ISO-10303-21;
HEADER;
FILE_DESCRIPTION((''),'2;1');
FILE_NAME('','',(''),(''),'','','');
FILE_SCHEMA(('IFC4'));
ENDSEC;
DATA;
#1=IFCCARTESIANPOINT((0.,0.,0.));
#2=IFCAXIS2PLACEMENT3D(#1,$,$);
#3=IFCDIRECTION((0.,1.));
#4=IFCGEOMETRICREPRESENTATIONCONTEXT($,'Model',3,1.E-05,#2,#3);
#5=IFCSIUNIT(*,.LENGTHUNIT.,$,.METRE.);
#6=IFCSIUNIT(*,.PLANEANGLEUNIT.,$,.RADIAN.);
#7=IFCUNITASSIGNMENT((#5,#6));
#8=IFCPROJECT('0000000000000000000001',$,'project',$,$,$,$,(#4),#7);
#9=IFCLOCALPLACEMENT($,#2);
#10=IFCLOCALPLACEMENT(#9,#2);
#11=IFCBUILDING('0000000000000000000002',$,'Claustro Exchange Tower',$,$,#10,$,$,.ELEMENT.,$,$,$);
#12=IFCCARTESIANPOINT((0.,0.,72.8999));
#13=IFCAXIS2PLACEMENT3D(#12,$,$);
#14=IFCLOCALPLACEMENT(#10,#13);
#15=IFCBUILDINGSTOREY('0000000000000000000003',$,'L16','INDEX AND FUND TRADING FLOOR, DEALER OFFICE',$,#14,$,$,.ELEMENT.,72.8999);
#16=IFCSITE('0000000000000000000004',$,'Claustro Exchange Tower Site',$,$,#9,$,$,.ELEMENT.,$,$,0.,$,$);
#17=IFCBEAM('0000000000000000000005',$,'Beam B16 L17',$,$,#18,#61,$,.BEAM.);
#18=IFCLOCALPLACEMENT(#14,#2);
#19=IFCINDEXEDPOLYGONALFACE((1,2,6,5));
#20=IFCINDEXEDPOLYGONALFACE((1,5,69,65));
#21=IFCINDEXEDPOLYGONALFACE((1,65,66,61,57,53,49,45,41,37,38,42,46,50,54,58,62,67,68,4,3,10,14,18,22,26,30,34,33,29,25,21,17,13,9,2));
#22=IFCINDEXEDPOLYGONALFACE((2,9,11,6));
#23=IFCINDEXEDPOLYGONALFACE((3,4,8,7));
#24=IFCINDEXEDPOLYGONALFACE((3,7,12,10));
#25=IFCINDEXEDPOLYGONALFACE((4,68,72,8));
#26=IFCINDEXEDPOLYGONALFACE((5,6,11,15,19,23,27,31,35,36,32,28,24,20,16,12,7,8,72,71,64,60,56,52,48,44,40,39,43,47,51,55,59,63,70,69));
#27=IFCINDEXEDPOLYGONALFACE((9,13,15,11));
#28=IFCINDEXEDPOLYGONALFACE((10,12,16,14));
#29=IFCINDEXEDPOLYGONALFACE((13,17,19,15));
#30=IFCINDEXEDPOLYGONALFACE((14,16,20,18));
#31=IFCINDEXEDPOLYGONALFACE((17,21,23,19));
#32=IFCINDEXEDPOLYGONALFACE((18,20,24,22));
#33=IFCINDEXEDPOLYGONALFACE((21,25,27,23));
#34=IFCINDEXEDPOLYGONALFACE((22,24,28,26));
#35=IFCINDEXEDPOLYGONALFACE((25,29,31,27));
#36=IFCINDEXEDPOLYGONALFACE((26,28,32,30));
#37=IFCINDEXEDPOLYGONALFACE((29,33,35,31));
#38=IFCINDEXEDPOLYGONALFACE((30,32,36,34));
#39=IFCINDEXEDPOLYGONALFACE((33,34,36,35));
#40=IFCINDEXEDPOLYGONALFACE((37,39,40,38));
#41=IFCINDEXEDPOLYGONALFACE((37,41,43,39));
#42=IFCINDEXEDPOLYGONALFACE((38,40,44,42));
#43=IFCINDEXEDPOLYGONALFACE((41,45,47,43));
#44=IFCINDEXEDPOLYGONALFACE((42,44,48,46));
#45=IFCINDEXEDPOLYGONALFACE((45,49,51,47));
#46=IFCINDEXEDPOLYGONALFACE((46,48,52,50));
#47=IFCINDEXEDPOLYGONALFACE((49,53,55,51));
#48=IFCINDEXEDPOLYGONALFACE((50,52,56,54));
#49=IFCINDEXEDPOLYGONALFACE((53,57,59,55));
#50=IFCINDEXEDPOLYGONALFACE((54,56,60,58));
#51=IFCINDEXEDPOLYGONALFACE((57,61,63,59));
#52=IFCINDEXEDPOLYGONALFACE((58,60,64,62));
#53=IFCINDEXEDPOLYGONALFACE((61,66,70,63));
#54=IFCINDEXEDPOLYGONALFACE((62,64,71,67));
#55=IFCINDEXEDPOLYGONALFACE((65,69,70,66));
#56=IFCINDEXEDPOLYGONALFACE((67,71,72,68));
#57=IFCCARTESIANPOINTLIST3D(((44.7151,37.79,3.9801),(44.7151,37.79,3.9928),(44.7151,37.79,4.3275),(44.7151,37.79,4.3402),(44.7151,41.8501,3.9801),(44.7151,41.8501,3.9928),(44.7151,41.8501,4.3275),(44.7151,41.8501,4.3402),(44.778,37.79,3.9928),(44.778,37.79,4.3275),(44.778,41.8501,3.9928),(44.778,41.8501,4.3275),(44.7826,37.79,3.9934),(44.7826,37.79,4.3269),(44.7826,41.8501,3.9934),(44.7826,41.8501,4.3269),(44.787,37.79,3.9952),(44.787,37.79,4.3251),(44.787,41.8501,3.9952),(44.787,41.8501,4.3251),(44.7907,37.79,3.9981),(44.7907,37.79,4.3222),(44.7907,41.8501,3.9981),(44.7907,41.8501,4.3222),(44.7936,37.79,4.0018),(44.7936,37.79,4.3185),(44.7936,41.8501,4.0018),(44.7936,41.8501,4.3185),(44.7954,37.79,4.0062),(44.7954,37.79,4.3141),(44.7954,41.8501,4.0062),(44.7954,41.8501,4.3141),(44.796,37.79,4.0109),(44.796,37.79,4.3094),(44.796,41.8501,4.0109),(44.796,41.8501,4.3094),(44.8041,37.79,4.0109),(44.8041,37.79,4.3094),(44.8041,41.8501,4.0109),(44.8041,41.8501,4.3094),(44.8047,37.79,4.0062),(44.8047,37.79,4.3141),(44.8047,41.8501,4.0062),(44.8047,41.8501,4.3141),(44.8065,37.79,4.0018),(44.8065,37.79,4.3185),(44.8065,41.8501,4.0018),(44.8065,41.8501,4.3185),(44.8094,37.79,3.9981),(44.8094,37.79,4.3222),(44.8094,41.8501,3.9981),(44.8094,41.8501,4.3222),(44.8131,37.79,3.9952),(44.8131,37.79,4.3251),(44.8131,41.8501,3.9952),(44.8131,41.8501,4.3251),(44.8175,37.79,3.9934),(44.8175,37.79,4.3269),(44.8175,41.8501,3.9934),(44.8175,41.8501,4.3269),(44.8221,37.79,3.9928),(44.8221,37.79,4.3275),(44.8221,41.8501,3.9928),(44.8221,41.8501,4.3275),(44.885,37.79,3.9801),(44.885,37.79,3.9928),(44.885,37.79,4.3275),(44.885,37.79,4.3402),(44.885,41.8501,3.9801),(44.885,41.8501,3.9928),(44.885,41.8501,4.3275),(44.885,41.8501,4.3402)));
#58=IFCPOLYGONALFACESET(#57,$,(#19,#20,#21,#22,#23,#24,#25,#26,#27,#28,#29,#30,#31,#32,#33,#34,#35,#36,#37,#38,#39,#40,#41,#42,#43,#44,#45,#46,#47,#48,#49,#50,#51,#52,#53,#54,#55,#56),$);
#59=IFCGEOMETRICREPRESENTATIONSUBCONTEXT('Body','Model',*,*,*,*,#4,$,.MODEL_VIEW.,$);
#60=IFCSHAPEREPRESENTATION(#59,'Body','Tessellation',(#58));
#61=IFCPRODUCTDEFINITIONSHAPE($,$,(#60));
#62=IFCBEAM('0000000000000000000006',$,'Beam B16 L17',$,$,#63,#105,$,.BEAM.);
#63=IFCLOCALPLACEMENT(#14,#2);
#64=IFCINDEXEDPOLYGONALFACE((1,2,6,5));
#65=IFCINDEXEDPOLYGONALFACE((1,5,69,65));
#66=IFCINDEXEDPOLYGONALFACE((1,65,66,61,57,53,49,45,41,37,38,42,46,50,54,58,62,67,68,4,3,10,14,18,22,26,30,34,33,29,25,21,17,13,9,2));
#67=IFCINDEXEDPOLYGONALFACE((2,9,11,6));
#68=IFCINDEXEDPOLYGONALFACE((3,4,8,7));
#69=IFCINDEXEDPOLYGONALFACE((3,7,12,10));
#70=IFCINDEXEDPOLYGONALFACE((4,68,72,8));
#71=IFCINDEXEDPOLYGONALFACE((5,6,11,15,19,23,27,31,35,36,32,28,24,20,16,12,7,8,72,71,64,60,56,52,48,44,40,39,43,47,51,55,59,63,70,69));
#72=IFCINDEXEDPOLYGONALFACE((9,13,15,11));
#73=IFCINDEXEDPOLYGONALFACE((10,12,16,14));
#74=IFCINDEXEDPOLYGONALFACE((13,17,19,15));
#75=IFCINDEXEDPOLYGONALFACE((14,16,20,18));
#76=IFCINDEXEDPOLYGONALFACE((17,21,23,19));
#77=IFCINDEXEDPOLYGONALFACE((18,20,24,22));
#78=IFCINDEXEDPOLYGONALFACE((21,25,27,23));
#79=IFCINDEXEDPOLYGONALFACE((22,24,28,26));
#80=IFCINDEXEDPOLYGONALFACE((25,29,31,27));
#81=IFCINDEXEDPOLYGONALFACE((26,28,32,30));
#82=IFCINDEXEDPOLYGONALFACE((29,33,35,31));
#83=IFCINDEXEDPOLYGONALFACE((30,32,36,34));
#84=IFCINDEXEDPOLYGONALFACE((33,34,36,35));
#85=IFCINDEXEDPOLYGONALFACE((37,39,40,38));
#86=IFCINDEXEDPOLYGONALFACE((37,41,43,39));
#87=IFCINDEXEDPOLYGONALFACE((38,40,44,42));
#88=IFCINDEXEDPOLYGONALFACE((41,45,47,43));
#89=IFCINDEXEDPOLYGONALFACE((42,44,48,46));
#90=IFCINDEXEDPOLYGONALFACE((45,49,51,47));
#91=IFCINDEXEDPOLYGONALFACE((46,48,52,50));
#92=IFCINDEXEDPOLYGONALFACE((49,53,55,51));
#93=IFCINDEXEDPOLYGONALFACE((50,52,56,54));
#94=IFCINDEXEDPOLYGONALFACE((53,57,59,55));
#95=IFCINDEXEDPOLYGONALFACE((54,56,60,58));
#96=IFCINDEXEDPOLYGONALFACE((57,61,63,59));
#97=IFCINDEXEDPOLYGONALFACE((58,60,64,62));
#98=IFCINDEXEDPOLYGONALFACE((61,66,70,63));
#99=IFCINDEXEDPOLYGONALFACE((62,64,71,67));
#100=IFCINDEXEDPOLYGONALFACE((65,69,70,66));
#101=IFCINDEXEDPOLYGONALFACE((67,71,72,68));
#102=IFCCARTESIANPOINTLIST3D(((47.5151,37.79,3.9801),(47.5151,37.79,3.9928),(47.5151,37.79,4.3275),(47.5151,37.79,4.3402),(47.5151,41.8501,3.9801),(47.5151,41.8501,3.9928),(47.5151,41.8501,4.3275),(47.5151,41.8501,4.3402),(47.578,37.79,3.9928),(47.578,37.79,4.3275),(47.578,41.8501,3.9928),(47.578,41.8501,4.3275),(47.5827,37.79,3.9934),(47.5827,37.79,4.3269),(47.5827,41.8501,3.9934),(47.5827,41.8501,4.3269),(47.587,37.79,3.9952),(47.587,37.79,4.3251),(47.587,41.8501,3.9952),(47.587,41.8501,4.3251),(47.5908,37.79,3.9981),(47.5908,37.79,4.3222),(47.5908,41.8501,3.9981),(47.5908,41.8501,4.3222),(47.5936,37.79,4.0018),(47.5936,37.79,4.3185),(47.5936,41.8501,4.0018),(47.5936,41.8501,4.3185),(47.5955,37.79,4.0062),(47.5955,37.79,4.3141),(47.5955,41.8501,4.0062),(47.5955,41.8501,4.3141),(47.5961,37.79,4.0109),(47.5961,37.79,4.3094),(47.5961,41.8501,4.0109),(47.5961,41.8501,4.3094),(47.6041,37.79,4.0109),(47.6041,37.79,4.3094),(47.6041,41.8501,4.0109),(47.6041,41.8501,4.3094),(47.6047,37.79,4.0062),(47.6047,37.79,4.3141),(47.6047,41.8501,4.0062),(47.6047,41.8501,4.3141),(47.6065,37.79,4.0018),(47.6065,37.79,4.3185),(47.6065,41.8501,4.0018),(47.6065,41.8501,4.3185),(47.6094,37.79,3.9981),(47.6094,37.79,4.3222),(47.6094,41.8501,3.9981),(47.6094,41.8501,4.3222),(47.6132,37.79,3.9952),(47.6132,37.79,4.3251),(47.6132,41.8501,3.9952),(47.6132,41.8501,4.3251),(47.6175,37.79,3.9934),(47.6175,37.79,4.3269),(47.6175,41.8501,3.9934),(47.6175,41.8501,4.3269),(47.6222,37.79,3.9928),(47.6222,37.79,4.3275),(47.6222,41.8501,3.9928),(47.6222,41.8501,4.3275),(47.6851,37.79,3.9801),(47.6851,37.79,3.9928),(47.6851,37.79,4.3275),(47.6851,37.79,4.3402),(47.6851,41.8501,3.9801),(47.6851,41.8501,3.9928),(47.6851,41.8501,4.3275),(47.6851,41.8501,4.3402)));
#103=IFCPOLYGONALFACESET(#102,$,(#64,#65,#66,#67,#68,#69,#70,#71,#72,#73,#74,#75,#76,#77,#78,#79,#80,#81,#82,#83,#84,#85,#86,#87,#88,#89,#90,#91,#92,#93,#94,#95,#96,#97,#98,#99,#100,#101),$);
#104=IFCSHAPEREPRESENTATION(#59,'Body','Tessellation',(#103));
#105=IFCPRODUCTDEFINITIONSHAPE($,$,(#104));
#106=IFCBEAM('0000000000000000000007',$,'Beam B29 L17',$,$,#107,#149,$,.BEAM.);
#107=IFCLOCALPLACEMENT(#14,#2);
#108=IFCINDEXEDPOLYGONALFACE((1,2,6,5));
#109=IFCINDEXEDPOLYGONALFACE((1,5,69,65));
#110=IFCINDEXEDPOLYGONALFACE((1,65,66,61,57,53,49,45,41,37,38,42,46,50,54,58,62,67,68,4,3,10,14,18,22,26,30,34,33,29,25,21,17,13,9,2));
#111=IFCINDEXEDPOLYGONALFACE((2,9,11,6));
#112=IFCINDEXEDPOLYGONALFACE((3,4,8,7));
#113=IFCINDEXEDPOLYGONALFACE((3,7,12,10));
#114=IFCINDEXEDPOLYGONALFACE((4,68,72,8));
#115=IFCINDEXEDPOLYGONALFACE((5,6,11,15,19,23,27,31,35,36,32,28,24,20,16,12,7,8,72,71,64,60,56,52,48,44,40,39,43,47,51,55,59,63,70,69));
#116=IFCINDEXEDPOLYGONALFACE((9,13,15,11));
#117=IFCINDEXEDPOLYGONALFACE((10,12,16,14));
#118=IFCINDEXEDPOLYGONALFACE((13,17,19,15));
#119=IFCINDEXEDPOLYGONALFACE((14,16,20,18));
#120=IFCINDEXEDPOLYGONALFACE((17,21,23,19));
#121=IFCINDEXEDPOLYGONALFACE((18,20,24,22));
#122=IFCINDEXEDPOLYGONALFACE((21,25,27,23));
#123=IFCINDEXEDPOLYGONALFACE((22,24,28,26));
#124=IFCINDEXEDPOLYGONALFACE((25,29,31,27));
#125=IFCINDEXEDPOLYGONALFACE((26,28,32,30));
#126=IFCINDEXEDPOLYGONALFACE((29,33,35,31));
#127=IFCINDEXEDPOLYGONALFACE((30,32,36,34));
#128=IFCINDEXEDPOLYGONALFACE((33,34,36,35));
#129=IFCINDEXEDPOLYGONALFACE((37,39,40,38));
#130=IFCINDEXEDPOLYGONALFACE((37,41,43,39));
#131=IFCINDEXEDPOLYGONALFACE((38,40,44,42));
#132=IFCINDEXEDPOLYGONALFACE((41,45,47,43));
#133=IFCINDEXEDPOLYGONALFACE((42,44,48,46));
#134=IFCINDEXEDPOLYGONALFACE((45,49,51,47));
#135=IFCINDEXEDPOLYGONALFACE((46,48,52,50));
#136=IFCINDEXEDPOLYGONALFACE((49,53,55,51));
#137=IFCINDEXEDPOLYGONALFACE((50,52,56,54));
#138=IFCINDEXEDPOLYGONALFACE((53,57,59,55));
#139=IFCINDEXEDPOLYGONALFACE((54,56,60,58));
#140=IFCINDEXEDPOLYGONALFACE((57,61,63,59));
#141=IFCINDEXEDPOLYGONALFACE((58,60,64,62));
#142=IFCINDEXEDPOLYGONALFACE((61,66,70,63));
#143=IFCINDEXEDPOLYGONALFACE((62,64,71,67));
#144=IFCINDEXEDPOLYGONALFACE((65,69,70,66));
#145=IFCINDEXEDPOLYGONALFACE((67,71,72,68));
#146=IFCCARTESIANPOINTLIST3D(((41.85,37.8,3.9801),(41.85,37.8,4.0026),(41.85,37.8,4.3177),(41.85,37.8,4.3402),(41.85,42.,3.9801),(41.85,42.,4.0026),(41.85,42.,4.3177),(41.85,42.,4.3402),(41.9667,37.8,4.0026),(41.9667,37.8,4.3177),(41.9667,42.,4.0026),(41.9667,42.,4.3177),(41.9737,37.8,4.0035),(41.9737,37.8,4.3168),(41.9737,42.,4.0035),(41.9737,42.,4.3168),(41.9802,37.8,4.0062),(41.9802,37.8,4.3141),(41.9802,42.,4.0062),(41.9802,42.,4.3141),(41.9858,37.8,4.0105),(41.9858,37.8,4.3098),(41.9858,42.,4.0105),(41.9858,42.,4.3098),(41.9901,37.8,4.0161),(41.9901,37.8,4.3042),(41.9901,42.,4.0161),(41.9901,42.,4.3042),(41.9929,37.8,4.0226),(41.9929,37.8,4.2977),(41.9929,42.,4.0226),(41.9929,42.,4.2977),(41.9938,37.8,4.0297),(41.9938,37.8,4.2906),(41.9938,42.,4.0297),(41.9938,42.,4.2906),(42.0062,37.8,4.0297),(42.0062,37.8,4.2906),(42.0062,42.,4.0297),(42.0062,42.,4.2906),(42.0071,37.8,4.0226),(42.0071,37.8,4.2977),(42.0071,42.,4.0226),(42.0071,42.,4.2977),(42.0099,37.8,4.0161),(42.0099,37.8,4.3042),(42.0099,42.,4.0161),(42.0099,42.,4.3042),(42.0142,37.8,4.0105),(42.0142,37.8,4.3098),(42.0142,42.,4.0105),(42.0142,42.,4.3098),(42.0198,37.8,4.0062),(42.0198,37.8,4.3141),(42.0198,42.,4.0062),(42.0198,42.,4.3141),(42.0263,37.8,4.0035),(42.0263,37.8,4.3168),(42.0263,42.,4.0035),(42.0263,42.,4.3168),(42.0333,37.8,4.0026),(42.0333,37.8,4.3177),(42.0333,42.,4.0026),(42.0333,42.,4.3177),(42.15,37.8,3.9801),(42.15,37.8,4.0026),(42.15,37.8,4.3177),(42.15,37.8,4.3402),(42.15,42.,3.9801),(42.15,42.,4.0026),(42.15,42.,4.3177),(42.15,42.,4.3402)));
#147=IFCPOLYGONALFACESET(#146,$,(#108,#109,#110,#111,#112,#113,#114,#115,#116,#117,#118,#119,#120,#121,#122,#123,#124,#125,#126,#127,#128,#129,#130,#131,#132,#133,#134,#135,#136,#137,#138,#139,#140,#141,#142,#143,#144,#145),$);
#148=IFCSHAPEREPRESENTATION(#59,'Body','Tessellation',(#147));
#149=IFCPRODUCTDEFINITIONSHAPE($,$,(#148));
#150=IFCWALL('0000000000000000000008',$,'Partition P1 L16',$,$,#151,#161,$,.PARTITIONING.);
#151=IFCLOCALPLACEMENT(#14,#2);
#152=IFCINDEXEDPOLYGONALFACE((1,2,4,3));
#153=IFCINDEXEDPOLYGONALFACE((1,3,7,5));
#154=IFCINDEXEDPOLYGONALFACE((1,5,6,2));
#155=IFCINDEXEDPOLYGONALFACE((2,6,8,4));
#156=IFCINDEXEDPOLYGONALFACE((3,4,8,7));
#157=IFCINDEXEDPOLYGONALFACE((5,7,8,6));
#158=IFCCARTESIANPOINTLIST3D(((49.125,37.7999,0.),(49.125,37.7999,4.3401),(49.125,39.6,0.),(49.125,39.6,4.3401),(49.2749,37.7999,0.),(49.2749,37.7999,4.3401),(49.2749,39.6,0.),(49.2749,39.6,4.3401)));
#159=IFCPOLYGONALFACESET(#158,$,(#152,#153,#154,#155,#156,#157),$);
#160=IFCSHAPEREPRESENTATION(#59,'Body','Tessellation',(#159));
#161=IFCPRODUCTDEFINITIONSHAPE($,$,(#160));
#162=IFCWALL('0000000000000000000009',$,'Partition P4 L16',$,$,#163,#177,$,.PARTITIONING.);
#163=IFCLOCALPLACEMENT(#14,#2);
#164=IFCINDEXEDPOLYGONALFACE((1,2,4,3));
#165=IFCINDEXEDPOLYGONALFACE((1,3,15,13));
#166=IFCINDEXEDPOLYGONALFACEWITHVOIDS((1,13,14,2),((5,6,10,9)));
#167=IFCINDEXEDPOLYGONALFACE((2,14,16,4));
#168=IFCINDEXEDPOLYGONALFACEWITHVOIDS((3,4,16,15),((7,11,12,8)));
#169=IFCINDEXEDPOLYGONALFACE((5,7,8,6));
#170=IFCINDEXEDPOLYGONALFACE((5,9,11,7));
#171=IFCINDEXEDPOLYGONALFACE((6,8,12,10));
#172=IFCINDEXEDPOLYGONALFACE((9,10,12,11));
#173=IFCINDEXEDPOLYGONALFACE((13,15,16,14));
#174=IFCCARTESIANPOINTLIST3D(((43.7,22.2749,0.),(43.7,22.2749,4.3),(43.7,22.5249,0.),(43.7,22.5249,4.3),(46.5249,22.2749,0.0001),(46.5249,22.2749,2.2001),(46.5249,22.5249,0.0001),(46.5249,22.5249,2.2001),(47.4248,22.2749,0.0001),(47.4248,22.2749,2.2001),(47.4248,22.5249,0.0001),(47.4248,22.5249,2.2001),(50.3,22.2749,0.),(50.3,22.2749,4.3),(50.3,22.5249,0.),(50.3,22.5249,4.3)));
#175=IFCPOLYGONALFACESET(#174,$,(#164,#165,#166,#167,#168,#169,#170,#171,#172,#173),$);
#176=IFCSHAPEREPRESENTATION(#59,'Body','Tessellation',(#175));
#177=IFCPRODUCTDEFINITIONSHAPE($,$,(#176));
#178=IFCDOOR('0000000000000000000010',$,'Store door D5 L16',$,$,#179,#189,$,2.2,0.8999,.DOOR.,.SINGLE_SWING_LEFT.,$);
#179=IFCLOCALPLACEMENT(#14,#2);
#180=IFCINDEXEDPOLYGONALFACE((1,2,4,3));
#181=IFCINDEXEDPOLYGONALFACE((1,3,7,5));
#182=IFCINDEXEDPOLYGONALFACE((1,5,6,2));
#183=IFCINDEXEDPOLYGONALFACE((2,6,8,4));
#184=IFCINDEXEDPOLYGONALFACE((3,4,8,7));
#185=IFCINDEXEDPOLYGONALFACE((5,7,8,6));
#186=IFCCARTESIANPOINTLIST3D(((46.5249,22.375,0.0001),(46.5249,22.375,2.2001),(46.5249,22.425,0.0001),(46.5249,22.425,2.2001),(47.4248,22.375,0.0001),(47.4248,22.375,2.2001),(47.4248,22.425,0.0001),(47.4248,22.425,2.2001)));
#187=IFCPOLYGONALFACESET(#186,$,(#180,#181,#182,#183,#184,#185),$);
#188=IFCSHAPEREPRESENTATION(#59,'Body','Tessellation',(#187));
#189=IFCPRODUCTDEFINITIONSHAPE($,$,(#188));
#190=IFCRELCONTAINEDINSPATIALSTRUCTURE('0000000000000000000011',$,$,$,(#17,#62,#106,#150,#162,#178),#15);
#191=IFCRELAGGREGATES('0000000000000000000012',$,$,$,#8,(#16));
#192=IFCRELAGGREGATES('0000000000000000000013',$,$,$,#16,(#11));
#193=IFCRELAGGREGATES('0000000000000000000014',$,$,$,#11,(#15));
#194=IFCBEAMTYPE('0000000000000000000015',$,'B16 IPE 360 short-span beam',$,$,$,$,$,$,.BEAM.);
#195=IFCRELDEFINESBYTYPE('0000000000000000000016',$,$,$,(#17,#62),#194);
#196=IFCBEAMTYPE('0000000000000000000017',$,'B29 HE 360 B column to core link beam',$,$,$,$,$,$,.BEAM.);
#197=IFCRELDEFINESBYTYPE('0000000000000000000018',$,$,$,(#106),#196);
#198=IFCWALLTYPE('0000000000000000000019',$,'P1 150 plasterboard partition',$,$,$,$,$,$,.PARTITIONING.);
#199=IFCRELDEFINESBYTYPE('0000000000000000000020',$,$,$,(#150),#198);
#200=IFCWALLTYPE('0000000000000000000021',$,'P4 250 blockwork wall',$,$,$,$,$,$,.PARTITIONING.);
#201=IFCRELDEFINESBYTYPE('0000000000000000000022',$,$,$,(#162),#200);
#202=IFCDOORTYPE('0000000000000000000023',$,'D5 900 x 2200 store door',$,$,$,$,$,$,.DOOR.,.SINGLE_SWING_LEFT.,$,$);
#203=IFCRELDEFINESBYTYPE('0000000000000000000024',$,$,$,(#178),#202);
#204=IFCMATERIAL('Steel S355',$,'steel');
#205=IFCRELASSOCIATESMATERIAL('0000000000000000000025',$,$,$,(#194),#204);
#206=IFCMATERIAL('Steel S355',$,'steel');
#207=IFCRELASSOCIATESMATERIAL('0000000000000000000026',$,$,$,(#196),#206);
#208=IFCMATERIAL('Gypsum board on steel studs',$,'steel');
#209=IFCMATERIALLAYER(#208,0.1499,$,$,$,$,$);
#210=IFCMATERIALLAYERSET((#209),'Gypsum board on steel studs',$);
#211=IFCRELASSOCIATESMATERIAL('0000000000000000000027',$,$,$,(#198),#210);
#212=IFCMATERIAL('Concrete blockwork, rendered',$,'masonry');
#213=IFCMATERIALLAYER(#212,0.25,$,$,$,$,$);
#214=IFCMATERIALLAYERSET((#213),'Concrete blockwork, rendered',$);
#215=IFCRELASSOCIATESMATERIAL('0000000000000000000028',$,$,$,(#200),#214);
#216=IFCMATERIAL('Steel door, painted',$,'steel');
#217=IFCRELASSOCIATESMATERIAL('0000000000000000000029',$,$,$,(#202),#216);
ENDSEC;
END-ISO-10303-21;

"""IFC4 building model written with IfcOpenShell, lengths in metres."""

from ifc_helpers import new_model, si_unit, direction, frame, frame_2d, origin, origin_2d, place, context, subcontext, project, spatial, rectangle, i_section, extrude, material, layer, layer_set, material_profile, profile_set, type_object, element, fill, save


model = new_model("IFC4")

# Units and contexts
model_context = context("Model", 3, precision=1e-05, world=origin(), true_north=direction((0.0, 1.0)))
body_context = subcontext(model_context, "Body", "Model", "MODEL_VIEW")
ifc_project = project(units=[si_unit("LENGTHUNIT", "METRE"), si_unit("PLANEANGLEUNIT", "RADIAN")], contexts=[model_context])

# Site, building, storey
site_placement = place(None, origin())
site = spatial("IfcSite", under=ifc_project, at=site_placement, Name="Claustro Exchange Tower Site", CompositionType="ELEMENT", RefElevation=0.0)
building_placement = place(site_placement, origin())
building = spatial("IfcBuilding", under=site, at=building_placement, Name="Claustro Exchange Tower", CompositionType="ELEMENT")
storey_placement = place(building_placement, frame((0.0, 0.0, 72.8999)))
storey = spatial("IfcBuildingStorey", under=building, at=storey_placement, Name="L16", Description="INDEX AND FUND TRADING FLOOR, DEALER OFFICE", CompositionType="ELEMENT", Elevation=72.8999)

# Beams
ifc_material_1 = material(Name="Steel S355", Category="steel")
ifc_material_profile_1 = material_profile(ifc_material_1, i_section(OverallWidth=0.1699, OverallDepth=0.3601, WebThickness=0.0081, FlangeThickness=0.0127, FilletRadius=0.0181, at=origin_2d()), Name="IPE 360")
ifc_profile_set_1 = profile_set([ifc_material_profile_1], Name="Steel S355")
beam_type_1 = type_object("IfcBeamType", Name="B16 IPE 360 short-span beam", PredefinedType="BEAM", material=ifc_profile_set_1)
for number, where, z_axis, x_axis, name in (
    (1, (44.8, 37.79, 4.1602), (0.0, 1.0, 0.0), (-1.0, 0.0, 0.0), "Beam B16 L17"),
    (2, (47.6001, 37.79, 4.1602), (0.0, 1.0, 0.0), (-1.0, 0.0, 0.0), "Beam B16 L17"),
):
    element("IfcBeam", number, at=place(storey_placement, frame(where, z_axis=z_axis, x_axis=x_axis)), inside=storey, type_object=beam_type_1, Name=name, PredefinedType="BEAM", context=body_context, shape_type="SweptSolid", body=[
        extrude(i_section(OverallWidth=0.1699, OverallDepth=0.3601, WebThickness=0.0081, FlangeThickness=0.0127, FilletRadius=0.0181, at=origin_2d()), origin(), (0.0, 0.0, 1.0), 4.0601),
    ])
ifc_material_2 = material(Name="Steel S355", Category="steel")
ifc_material_profile_2 = material_profile(ifc_material_2, i_section(OverallWidth=0.3, OverallDepth=0.3601, WebThickness=0.0125, FlangeThickness=0.0225, FilletRadius=0.0271, at=origin_2d()), Name="HE 360 B")
ifc_profile_set_2 = profile_set([ifc_material_profile_2], Name="Steel S355")
beam_type_2 = type_object("IfcBeamType", Name="B29 HE 360 B column to core link beam", PredefinedType="BEAM", material=ifc_profile_set_2)
beam_placement = place(storey_placement, frame((42.0, 37.8, 4.1602), z_axis=(0.0, 1.0, 0.0), x_axis=(-1.0, 0.0, 0.0)))
element("IfcBeam", 3, at=beam_placement, inside=storey, type_object=beam_type_2, Name="Beam B29 L17", PredefinedType="BEAM", context=body_context, shape_type="SweptSolid", body=[
    extrude(i_section(OverallWidth=0.3, OverallDepth=0.3601, WebThickness=0.0125, FlangeThickness=0.0225, FilletRadius=0.0271, at=origin_2d()), origin(), (0.0, 0.0, 1.0), 4.2),
])

# Wall
ifc_material_3 = material(Name="Gypsum board on steel studs", Category="steel")
ifc_layer_1 = layer(ifc_material_3, 0.1499)
ifc_layer_set_1 = layer_set([ifc_layer_1], Name="Gypsum board on steel studs")
wall_type_1 = type_object("IfcWallType", Name="P1 150 plasterboard partition", PredefinedType="PARTITIONING", material=ifc_layer_set_1)
wall_1_placement = place(storey_placement, frame((49.2, 37.8, 0.0), z_axis=(0.0, 0.0, 1.0), x_axis=(0.0, 1.0, 0.0)))
element("IfcWall", 4, at=wall_1_placement, inside=storey, type_object=wall_type_1, Name="Partition P1 L16", PredefinedType="PARTITIONING", context=body_context, shape_type="SweptSolid", body=[
    extrude(rectangle(XDim=1.8, YDim=0.1499, at=frame_2d((0.8999, 0.0))), origin(), (0.0, 0.0, 1.0), 4.3401),
])

# Wall, opening, door
ifc_material_4 = material(Name="Concrete blockwork, rendered", Category="masonry")
ifc_layer_2 = layer(ifc_material_4, 0.25)
ifc_layer_set_2 = layer_set([ifc_layer_2], Name="Concrete blockwork, rendered")
wall_type_2 = type_object("IfcWallType", Name="P4 250 blockwork wall", PredefinedType="PARTITIONING", material=ifc_layer_set_2)
wall_2_placement = place(storey_placement, frame((43.7, 22.3999, 0.0), z_axis=(0.0, 0.0, 1.0), x_axis=(1.0, 0.0, 0.0)))
wall_2 = element("IfcWall", 5, at=wall_2_placement, inside=storey, type_object=wall_type_2, Name="Partition P4 L16", PredefinedType="PARTITIONING", context=body_context, shape_type="SweptSolid", body=[
    extrude(rectangle(XDim=6.6001, YDim=0.25, at=frame_2d((3.3, 0.0))), origin(), (0.0, 0.0, 1.0), 4.3),
])
opening_placement = place(wall_2_placement, frame((2.825, 0.0, 0.0)))
opening = element("IfcOpeningElement", 6, at=opening_placement, cuts=wall_2, PredefinedType="OPENING", context=body_context, shape_type="SweptSolid", body=[
    extrude(rectangle(XDim=0.8999, YDim=2.2, at=frame_2d((0.45, 1.1001))), frame((0.0, 0.135, 0.0), z_axis=(0.0, -1.0, 0.0), x_axis=(1.0, 0.0, 0.0)), (0.0, 0.0, 1.0), 0.27),
])
ifc_material_5 = material(Name="Steel door, painted", Category="steel")
door_type = type_object("IfcDoorType", Name="D5 900 x 2200 store door", OperationType="SINGLE_SWING_LEFT", PredefinedType="DOOR", material=ifc_material_5)
door_placement = place(opening_placement, frame((0.8999, 0.0, 0.0), z_axis=(0.0, 0.0, 1.0), x_axis=(-1.0, 0.0, 0.0)))
door = element("IfcDoor", 7, at=door_placement, inside=storey, type_object=door_type, Name="Store door D5 L16", OperationType="SINGLE_SWING_LEFT", OverallHeight=2.2, OverallWidth=0.8999, PredefinedType="DOOR", context=body_context, shape_type="SweptSolid", body=[
    extrude(rectangle(XDim=0.8999, YDim=2.2, at=frame_2d((0.45, 1.1001))), frame((0.0, 0.0249, 0.0), z_axis=(0.0, -1.0, 0.0), x_axis=(1.0, 0.0, 0.0)), (0.0, 0.0, 1.0), 0.05),
])
fill(opening, door)

save(model, "model.ifc")
